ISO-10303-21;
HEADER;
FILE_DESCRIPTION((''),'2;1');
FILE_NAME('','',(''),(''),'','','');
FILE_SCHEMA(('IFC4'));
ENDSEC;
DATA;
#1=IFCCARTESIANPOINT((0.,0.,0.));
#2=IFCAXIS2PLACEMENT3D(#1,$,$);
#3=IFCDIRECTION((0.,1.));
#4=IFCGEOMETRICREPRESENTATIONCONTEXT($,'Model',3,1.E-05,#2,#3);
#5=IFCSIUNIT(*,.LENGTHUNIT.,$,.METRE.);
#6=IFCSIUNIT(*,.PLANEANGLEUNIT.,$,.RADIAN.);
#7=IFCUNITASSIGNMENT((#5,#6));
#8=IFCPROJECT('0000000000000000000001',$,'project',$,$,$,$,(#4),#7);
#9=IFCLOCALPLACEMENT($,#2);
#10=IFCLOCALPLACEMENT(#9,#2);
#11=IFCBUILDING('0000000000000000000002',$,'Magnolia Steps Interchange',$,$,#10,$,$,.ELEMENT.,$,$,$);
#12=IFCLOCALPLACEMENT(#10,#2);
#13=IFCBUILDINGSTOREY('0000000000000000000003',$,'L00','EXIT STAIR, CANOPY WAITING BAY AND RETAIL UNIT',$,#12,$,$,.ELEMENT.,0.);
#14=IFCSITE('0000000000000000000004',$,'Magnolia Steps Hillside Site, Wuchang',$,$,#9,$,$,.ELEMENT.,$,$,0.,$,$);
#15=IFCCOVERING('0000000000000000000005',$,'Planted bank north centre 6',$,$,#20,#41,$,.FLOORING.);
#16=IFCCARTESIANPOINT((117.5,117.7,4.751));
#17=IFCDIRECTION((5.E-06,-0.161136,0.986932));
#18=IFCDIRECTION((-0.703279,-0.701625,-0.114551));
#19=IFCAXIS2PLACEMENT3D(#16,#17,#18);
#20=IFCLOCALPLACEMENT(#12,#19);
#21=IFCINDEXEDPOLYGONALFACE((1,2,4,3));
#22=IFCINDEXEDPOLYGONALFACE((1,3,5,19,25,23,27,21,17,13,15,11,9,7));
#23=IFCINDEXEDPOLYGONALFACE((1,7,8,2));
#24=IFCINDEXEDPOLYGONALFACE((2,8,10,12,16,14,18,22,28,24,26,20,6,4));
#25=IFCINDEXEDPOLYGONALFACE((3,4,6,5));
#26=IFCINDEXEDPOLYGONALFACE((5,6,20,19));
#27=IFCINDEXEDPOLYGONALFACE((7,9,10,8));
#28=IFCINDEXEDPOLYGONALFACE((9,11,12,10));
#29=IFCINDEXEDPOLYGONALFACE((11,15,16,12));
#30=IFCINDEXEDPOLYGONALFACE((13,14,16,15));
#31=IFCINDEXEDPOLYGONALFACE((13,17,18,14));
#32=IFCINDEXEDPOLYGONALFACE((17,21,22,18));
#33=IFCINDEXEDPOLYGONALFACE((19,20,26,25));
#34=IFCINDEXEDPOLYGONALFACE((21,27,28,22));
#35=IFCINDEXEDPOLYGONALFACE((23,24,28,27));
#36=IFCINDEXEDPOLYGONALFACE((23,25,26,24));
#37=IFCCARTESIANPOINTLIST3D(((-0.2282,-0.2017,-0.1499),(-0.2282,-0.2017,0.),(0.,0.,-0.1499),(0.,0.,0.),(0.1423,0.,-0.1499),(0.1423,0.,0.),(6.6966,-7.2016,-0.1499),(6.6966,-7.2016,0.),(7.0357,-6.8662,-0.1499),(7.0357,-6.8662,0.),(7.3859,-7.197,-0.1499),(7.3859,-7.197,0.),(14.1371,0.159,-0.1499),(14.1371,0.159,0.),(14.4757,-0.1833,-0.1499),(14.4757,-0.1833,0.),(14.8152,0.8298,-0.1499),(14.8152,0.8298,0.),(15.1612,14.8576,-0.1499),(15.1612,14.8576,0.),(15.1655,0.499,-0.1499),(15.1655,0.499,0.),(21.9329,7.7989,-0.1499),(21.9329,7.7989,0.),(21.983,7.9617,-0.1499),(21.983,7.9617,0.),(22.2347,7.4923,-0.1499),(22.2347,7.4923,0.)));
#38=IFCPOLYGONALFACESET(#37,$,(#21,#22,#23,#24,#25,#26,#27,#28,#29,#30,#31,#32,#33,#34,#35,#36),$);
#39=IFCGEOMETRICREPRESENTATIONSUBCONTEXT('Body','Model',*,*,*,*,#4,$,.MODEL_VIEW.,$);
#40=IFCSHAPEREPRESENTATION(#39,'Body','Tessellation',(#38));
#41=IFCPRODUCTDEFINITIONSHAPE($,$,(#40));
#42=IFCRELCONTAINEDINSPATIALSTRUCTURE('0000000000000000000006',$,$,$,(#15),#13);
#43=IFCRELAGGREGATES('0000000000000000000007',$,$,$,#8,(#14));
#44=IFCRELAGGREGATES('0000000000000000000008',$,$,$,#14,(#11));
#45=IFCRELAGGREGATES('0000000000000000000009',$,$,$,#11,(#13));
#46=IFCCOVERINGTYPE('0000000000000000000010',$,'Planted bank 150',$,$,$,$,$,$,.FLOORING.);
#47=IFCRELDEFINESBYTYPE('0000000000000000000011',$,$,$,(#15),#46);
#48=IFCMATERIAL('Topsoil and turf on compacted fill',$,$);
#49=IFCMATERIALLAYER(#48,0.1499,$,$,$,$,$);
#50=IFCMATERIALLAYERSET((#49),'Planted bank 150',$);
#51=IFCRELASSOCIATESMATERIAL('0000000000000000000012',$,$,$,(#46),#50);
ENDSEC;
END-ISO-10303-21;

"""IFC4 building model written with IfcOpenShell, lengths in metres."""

from ifc_helpers import new_model, si_unit, direction, frame, origin, place, context, subcontext, project, spatial, polyline, outline, extrude, material, layer, layer_set, type_object, element, save


model = new_model("IFC4")

# Units and contexts
model_context = context("Model", 3, precision=1e-05, world=origin(), true_north=direction((0.0, 1.0)))
body_context = subcontext(model_context, "Body", "Model", "MODEL_VIEW")
ifc_project = project(units=[si_unit("LENGTHUNIT", "METRE"), si_unit("PLANEANGLEUNIT", "RADIAN")], contexts=[model_context])

# Site, building, storey
site_placement = place(None, origin())
site = spatial("IfcSite", under=ifc_project, at=site_placement, Name="Magnolia Steps Hillside Site, Wuchang", CompositionType="ELEMENT", RefElevation=0.0)
building_placement = place(site_placement, origin())
building = spatial("IfcBuilding", under=site, at=building_placement, Name="Magnolia Steps Interchange", CompositionType="ELEMENT")
storey_placement = place(building_placement, origin())
storey = spatial("IfcBuildingStorey", under=building, at=storey_placement, Name="L00", Description="EXIT STAIR, CANOPY WAITING BAY AND RETAIL UNIT", CompositionType="ELEMENT", Elevation=0.0)

# Covering
ifc_material_1 = material(Name="Topsoil and turf on compacted fill")
ifc_layer_1 = layer(ifc_material_1, 0.1499)
ifc_layer_set_1 = layer_set([ifc_layer_1], Name="Planted bank 150")
covering_type_1 = type_object("IfcCoveringType", Name="Planted bank 150", PredefinedType="FLOORING", material=ifc_layer_set_1)
covering_1_placement = place(storey_placement, frame((117.5, 117.7, 4.751), z_axis=(0.000005, -0.161136, 0.986932), x_axis=(-0.703279, -0.701625, -0.114551)))
element("IfcCovering", 1, at=covering_1_placement, inside=storey, type_object=covering_type_1, Name="Planted bank north centre 6", PredefinedType="FLOORING", context=body_context, shape_type="SweptSolid", body=[
    extrude(outline(polyline([(0.0, 0.0), (0.1423, 0.0), (15.1612, 14.8576), (21.983, 7.9617), (21.9329, 7.7989), (22.2347, 7.4923), (15.1655, 0.499), (14.8152, 0.8298), (14.1371, 0.159), (14.4757, -0.1833), (7.3859, -7.197), (7.0357, -6.8662), (6.6966, -7.2016), (-0.2282, -0.2017), (0.0, 0.0)])), origin(), (0.0, 0.0, -1.0), 0.1499),
])

save(model, "model.ifc")
